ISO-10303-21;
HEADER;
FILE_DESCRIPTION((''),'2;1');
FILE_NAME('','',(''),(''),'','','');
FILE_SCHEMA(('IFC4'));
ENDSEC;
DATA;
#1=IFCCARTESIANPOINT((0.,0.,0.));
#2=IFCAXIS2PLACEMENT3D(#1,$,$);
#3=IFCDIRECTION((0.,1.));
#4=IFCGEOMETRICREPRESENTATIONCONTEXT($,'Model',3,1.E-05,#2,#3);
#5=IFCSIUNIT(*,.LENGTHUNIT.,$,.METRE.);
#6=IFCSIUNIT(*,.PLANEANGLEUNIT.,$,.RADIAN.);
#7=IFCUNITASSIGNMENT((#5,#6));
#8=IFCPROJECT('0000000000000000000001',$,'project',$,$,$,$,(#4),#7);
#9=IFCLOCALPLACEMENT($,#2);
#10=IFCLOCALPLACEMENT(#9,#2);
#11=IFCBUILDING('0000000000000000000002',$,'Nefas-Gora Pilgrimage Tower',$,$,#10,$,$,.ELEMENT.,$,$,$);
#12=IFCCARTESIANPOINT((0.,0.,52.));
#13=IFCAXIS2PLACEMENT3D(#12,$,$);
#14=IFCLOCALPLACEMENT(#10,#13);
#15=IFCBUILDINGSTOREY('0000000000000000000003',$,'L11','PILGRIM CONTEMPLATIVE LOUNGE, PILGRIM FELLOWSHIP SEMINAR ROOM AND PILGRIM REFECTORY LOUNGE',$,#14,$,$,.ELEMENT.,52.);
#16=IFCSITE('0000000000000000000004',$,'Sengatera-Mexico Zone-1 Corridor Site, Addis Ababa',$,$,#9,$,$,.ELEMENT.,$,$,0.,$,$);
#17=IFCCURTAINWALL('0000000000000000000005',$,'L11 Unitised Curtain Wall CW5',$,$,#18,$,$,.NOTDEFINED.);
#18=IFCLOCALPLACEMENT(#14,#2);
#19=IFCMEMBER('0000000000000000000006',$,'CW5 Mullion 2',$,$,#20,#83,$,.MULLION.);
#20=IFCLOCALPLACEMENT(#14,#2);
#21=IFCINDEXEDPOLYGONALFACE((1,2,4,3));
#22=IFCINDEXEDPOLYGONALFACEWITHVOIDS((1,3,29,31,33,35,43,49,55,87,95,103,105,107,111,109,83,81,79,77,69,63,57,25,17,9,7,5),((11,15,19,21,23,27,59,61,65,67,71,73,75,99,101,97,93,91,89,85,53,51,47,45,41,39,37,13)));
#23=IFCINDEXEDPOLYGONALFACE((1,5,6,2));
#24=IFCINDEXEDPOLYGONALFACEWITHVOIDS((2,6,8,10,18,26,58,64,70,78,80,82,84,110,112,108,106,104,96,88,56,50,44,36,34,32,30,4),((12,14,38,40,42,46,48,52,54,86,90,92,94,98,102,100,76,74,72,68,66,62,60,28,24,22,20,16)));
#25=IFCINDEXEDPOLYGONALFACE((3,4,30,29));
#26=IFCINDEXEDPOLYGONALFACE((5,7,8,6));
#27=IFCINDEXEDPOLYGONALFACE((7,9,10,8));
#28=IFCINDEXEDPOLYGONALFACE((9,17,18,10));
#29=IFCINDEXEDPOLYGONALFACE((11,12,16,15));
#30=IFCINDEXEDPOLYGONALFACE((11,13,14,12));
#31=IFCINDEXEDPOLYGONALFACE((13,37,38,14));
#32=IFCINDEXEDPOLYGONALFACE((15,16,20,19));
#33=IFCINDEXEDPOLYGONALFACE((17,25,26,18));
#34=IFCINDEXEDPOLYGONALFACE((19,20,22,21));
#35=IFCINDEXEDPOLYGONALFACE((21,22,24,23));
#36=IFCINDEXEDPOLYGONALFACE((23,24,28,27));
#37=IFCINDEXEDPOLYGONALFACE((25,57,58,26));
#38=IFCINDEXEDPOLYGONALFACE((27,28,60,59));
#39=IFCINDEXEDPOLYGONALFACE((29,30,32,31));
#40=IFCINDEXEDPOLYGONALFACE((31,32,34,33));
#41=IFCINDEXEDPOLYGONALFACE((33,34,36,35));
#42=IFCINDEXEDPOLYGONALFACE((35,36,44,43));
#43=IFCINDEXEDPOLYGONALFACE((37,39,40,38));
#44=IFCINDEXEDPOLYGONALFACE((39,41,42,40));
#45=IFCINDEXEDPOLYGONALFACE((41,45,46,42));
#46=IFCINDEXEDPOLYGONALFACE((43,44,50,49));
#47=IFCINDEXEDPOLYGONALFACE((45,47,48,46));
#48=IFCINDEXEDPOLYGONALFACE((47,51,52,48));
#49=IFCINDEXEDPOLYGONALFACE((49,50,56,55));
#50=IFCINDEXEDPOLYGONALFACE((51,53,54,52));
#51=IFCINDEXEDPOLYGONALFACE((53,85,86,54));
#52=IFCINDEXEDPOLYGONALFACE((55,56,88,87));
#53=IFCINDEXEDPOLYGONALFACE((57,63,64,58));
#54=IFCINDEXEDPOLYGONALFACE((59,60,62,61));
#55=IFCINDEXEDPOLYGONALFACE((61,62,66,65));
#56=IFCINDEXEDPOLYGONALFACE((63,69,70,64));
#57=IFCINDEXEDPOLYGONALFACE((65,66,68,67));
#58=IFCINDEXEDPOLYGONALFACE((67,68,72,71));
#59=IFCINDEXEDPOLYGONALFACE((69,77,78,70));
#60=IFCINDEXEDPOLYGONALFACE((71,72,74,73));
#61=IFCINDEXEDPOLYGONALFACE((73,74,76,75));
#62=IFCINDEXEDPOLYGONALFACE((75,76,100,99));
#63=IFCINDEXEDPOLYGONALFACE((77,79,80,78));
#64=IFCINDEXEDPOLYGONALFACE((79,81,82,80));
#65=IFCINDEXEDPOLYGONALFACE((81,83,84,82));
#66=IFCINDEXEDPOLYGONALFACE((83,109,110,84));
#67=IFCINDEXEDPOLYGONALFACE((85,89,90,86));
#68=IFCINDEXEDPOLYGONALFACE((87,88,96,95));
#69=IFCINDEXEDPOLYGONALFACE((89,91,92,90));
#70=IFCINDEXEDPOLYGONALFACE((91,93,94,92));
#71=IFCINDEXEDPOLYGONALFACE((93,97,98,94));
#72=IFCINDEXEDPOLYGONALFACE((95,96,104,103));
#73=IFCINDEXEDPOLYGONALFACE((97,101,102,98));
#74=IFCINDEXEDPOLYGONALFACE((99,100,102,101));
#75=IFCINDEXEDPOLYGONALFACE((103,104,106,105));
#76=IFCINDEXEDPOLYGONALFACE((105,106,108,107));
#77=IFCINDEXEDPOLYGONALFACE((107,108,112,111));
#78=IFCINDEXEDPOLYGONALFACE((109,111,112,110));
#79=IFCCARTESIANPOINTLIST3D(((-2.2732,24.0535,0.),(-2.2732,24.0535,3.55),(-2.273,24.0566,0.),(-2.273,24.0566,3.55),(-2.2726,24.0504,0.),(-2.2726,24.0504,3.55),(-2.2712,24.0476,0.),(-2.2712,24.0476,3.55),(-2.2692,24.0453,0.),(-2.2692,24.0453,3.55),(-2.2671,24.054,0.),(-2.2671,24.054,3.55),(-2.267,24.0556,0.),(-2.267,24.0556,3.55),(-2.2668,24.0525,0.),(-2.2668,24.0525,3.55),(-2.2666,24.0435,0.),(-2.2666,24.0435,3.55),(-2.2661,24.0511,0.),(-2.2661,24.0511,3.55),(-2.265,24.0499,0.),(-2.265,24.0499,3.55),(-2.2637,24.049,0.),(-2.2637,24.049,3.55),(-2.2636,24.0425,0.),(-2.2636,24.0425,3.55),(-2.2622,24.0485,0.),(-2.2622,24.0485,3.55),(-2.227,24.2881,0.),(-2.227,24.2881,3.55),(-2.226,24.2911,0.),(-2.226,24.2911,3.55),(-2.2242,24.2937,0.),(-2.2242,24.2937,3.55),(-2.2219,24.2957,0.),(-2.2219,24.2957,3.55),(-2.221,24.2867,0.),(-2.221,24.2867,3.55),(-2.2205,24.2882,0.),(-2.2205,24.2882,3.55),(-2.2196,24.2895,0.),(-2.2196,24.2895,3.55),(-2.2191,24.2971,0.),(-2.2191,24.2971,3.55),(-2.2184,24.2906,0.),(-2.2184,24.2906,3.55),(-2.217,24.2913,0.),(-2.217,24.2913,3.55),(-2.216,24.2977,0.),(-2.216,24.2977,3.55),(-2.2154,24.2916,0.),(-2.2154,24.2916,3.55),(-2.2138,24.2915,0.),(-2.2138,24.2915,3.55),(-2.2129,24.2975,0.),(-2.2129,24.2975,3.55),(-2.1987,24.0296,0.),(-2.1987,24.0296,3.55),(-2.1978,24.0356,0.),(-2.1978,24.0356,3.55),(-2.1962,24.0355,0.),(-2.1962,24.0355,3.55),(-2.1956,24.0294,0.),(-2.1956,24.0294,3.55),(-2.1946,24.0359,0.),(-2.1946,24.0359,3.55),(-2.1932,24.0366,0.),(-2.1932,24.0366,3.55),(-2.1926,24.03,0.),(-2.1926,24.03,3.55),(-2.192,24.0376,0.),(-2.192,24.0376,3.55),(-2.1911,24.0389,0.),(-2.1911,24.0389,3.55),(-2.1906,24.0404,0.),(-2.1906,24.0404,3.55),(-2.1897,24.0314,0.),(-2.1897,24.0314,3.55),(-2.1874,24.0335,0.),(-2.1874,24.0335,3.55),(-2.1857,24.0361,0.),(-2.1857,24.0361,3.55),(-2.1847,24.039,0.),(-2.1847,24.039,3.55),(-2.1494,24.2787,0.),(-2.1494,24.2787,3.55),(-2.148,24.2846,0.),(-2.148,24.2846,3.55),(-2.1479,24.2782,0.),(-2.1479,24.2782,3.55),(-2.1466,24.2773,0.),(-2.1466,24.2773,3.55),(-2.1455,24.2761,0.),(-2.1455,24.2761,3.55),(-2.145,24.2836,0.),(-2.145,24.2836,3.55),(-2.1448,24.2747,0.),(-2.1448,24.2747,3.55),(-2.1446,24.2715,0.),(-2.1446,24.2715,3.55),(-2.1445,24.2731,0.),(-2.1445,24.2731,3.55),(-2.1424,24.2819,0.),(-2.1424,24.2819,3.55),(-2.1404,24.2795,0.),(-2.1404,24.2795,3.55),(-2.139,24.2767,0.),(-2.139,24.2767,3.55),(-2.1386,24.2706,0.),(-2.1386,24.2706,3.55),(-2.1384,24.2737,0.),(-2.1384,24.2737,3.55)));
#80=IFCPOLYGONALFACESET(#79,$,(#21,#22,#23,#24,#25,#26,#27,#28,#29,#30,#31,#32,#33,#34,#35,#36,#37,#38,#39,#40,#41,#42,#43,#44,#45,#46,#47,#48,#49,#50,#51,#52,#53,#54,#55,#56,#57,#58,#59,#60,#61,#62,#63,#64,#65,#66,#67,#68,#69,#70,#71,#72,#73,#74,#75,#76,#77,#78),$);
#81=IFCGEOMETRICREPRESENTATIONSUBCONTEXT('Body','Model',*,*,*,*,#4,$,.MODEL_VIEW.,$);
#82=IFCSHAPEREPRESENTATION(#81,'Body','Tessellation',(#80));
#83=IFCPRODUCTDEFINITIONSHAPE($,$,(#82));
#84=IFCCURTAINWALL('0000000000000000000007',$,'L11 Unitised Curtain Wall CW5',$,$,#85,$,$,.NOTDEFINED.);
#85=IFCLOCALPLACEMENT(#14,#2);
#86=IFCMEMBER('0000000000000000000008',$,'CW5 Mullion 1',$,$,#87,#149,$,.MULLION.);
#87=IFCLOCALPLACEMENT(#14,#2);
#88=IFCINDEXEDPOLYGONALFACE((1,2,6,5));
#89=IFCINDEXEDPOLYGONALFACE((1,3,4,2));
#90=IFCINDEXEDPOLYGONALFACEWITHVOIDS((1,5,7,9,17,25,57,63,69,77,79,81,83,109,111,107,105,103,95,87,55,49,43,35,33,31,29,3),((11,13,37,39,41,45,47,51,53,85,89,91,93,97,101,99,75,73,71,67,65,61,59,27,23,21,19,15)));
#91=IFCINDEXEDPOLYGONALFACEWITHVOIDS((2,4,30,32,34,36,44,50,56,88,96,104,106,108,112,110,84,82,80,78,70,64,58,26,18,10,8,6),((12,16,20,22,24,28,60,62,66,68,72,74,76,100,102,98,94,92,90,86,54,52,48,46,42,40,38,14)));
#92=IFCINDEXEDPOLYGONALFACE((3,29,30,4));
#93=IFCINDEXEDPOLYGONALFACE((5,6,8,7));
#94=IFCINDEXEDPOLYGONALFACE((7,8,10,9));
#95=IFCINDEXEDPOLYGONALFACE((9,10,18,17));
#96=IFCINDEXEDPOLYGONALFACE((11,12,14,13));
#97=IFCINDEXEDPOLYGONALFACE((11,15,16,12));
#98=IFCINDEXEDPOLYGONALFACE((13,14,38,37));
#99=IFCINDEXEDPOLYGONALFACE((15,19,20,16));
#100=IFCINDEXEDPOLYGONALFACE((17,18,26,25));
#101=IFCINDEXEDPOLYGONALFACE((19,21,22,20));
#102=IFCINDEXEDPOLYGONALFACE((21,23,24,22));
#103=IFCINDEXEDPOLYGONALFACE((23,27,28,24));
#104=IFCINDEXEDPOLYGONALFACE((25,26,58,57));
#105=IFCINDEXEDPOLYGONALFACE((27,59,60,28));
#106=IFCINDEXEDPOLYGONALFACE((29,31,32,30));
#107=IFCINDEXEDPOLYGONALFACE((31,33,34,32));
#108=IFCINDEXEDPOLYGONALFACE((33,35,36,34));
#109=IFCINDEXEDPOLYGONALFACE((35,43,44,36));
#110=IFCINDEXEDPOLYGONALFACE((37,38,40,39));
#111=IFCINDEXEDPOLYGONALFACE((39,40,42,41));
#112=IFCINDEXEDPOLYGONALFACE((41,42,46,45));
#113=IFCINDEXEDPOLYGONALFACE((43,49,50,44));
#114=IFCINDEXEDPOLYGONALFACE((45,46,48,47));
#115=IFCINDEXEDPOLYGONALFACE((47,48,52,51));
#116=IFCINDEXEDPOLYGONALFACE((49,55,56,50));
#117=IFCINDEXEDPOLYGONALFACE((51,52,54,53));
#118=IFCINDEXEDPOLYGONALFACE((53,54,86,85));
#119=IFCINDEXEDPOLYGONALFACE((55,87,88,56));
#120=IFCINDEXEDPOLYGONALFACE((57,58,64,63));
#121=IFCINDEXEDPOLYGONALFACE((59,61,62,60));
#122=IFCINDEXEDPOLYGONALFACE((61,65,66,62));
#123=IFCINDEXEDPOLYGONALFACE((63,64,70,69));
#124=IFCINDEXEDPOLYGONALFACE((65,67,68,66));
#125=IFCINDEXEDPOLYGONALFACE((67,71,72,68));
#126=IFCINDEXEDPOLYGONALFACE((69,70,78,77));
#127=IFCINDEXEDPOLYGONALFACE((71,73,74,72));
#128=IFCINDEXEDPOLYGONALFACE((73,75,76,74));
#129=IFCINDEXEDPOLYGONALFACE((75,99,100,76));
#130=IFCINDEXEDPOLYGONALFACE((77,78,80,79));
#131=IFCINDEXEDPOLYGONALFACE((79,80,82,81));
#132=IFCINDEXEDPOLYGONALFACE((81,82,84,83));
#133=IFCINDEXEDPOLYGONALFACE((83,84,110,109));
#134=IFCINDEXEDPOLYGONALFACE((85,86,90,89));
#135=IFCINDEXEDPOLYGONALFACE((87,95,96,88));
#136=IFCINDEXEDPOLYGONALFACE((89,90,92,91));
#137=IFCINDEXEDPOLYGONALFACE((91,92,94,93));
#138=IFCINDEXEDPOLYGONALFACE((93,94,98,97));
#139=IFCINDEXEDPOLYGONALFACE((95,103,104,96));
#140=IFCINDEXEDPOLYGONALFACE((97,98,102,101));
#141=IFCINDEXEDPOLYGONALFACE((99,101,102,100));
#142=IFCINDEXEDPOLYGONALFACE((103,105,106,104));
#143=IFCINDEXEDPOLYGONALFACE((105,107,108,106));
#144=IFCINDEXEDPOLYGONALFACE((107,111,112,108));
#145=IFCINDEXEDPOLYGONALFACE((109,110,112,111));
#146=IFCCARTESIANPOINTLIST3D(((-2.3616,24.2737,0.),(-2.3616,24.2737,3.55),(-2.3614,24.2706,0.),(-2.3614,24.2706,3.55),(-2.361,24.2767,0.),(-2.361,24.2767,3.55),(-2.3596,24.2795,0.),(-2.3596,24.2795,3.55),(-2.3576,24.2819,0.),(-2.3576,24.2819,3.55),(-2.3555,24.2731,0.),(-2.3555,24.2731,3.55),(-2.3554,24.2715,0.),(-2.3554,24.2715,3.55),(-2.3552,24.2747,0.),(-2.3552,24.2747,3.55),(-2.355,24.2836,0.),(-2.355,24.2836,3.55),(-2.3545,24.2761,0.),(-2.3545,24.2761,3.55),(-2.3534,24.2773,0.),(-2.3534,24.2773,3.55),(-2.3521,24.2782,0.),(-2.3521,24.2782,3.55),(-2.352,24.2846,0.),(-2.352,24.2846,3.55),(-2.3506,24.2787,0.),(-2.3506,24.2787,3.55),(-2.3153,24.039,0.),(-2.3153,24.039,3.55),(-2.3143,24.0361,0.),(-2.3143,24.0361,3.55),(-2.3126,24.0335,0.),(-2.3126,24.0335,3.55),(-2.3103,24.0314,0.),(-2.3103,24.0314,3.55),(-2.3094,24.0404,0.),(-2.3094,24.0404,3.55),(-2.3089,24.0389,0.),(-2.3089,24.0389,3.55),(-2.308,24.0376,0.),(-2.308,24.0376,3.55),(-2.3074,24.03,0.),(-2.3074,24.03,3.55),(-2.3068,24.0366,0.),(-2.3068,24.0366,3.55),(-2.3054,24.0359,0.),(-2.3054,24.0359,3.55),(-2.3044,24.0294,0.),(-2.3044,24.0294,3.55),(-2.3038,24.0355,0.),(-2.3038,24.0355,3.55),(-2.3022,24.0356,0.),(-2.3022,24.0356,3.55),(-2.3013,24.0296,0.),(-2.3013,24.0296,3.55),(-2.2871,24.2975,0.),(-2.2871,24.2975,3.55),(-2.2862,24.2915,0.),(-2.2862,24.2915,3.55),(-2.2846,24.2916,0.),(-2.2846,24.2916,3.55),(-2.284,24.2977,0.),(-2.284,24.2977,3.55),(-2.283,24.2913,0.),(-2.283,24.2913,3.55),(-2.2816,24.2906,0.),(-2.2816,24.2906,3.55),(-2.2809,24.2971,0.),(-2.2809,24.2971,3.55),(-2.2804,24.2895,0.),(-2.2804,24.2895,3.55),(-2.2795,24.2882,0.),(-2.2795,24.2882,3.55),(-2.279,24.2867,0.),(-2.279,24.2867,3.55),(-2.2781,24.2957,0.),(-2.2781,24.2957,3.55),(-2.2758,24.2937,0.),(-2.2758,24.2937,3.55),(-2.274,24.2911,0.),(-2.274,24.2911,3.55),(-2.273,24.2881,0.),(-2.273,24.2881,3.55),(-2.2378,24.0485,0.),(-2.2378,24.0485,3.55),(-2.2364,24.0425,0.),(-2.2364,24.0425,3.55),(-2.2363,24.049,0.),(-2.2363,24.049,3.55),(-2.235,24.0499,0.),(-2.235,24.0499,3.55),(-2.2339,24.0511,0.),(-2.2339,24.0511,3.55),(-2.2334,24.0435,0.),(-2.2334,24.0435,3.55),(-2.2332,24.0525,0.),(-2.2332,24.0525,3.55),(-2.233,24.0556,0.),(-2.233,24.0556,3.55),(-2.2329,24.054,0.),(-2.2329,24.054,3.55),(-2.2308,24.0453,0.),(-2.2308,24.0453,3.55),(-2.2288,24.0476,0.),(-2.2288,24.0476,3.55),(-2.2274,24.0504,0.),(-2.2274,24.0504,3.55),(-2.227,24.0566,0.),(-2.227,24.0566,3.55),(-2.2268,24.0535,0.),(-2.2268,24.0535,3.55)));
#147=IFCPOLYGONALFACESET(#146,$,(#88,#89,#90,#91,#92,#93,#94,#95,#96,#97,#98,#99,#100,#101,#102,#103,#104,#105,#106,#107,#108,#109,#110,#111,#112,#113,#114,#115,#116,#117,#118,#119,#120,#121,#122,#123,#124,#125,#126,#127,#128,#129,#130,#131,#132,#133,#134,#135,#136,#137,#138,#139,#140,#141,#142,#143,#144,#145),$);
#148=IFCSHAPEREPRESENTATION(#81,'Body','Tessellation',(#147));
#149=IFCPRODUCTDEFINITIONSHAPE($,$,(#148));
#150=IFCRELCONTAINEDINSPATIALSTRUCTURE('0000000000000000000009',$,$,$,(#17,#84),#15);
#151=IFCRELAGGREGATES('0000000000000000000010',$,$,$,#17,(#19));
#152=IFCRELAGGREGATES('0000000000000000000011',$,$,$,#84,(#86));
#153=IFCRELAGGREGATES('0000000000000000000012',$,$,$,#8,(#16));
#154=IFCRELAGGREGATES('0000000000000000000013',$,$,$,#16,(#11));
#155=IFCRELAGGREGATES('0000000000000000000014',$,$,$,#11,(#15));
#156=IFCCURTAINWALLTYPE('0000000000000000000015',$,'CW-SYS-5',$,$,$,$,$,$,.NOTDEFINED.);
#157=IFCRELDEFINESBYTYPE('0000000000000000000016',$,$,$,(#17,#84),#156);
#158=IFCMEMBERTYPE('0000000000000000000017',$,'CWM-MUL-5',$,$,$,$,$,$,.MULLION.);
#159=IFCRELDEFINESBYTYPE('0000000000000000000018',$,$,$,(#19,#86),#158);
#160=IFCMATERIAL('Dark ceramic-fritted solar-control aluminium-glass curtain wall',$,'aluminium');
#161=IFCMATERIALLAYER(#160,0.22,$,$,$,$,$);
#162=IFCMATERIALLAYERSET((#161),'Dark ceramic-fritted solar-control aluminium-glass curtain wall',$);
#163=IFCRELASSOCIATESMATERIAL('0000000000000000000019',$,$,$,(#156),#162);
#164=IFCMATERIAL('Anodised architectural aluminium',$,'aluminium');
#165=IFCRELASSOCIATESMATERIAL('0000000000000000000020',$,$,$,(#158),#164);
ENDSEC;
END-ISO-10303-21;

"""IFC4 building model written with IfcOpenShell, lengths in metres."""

from ifc_helpers import new_model, si_unit, direction, frame, origin, origin_2d, place, context, subcontext, project, spatial, hollow_rectangle, extrude, source, transform, mapped, material, layer, layer_set, material_profile, profile_set, type_object, element, aggregate, save


model = new_model("IFC4")

# Units and contexts
model_context = context("Model", 3, precision=1e-05, world=origin(), true_north=direction((0.0, 1.0)))
body_context = subcontext(model_context, "Body", "Model", "MODEL_VIEW")
ifc_project = project(units=[si_unit("LENGTHUNIT", "METRE"), si_unit("PLANEANGLEUNIT", "RADIAN")], contexts=[model_context])

# Site, building, storey
site_placement = place(None, origin())
site = spatial("IfcSite", under=ifc_project, at=site_placement, Name="Sengatera-Mexico Zone-1 Corridor Site, Addis Ababa", CompositionType="ELEMENT", RefElevation=0.0)
building_placement = place(site_placement, origin())
building = spatial("IfcBuilding", under=site, at=building_placement, Name="Nefas-Gora Pilgrimage Tower", CompositionType="ELEMENT")
storey_placement = place(building_placement, frame((0.0, 0.0, 52.0)))
storey = spatial("IfcBuildingStorey", under=building, at=storey_placement, Name="L11", Description="PILGRIM CONTEMPLATIVE LOUNGE, PILGRIM FELLOWSHIP SEMINAR ROOM AND PILGRIM REFECTORY LOUNGE", CompositionType="ELEMENT", Elevation=52.0)

# Curtain wall, member
ifc_material_1 = material(Name="Dark ceramic-fritted solar-control aluminium-glass curtain wall", Category="aluminium")
ifc_layer_1 = layer(ifc_material_1, 0.22)
ifc_layer_set_1 = layer_set([ifc_layer_1], Name="Dark ceramic-fritted solar-control aluminium-glass curtain wall")
curtain_wall_type = type_object("IfcCurtainWallType", Name="CW-SYS-5", PredefinedType="NOTDEFINED", material=ifc_layer_set_1)
curtain_wall_1_placement = place(storey_placement, origin())
curtain_wall_1 = element("IfcCurtainWall", 1, at=curtain_wall_1_placement, inside=storey, type_object=curtain_wall_type, Name="L11 Unitised Curtain Wall CW5", PredefinedType="NOTDEFINED")
ifc_material_2 = material(Name="Anodised architectural aluminium", Category="aluminium")
ifc_material_profile_1 = material_profile(ifc_material_2, hollow_rectangle(XDim=0.0901, YDim=0.26, WallThickness=0.0061, InnerFilletRadius=0.0061, OuterFilletRadius=0.012, at=origin_2d()), Name="ALU MULLION 90x260")
ifc_profile_set_1 = profile_set([ifc_material_profile_1], Name="Anodised architectural aluminium")
member_type_1 = type_object("IfcMemberType", Name="CWM-MUL-5", PredefinedType="MULLION", material=ifc_profile_set_1)
shared_shape_1 = source(origin(), body_context, "Body", "SweptSolid", [
    extrude(hollow_rectangle(XDim=0.0901, YDim=0.26, WallThickness=0.0061, InnerFilletRadius=0.0061, OuterFilletRadius=0.012, at=origin_2d()), origin(), (0.0, 0.0, 1.0), 3.55),
])
member_1_placement = place(storey_placement, frame((-2.2058, 24.1636, 0.0), z_axis=(0.0, 0.0, 1.0), x_axis=(-0.980783, 0.195102, 0.0)))
member_1 = element("IfcMember", 2, at=member_1_placement, type_object=member_type_1, Name="CW5 Mullion 2", PredefinedType="MULLION", context=body_context, shape_type="MappedRepresentation", body=[
    mapped(shared_shape_1, transform((0.0, 0.0, 0.0), x_axis=(1.0, 0.0, 0.0), y_axis=(0.0, 1.0, 0.0), z_axis=(0.0, 0.0, 1.0), scale=1.0)),
])

# Curtain wall, member
curtain_wall_2_placement = place(storey_placement, origin())
curtain_wall_2 = element("IfcCurtainWall", 3, at=curtain_wall_2_placement, inside=storey, type_object=curtain_wall_type, Name="L11 Unitised Curtain Wall CW5", PredefinedType="NOTDEFINED")
member_2_placement = place(storey_placement, frame((-2.2942, 24.1636, 0.0), z_axis=(0.0, 0.0, 1.0), x_axis=(-0.980783, -0.195102, 0.0)))
member_2 = element("IfcMember", 4, at=member_2_placement, type_object=member_type_1, Name="CW5 Mullion 1", PredefinedType="MULLION", context=body_context, shape_type="MappedRepresentation", body=[
    mapped(shared_shape_1, transform((0.0, 0.0, 0.0), x_axis=(1.0, 0.0, 0.0), y_axis=(0.0, 1.0, 0.0), z_axis=(0.0, 0.0, 1.0), scale=1.0)),
])

aggregate(curtain_wall_1, [member_1])
aggregate(curtain_wall_2, [member_2])

save(model, "model.ifc")
